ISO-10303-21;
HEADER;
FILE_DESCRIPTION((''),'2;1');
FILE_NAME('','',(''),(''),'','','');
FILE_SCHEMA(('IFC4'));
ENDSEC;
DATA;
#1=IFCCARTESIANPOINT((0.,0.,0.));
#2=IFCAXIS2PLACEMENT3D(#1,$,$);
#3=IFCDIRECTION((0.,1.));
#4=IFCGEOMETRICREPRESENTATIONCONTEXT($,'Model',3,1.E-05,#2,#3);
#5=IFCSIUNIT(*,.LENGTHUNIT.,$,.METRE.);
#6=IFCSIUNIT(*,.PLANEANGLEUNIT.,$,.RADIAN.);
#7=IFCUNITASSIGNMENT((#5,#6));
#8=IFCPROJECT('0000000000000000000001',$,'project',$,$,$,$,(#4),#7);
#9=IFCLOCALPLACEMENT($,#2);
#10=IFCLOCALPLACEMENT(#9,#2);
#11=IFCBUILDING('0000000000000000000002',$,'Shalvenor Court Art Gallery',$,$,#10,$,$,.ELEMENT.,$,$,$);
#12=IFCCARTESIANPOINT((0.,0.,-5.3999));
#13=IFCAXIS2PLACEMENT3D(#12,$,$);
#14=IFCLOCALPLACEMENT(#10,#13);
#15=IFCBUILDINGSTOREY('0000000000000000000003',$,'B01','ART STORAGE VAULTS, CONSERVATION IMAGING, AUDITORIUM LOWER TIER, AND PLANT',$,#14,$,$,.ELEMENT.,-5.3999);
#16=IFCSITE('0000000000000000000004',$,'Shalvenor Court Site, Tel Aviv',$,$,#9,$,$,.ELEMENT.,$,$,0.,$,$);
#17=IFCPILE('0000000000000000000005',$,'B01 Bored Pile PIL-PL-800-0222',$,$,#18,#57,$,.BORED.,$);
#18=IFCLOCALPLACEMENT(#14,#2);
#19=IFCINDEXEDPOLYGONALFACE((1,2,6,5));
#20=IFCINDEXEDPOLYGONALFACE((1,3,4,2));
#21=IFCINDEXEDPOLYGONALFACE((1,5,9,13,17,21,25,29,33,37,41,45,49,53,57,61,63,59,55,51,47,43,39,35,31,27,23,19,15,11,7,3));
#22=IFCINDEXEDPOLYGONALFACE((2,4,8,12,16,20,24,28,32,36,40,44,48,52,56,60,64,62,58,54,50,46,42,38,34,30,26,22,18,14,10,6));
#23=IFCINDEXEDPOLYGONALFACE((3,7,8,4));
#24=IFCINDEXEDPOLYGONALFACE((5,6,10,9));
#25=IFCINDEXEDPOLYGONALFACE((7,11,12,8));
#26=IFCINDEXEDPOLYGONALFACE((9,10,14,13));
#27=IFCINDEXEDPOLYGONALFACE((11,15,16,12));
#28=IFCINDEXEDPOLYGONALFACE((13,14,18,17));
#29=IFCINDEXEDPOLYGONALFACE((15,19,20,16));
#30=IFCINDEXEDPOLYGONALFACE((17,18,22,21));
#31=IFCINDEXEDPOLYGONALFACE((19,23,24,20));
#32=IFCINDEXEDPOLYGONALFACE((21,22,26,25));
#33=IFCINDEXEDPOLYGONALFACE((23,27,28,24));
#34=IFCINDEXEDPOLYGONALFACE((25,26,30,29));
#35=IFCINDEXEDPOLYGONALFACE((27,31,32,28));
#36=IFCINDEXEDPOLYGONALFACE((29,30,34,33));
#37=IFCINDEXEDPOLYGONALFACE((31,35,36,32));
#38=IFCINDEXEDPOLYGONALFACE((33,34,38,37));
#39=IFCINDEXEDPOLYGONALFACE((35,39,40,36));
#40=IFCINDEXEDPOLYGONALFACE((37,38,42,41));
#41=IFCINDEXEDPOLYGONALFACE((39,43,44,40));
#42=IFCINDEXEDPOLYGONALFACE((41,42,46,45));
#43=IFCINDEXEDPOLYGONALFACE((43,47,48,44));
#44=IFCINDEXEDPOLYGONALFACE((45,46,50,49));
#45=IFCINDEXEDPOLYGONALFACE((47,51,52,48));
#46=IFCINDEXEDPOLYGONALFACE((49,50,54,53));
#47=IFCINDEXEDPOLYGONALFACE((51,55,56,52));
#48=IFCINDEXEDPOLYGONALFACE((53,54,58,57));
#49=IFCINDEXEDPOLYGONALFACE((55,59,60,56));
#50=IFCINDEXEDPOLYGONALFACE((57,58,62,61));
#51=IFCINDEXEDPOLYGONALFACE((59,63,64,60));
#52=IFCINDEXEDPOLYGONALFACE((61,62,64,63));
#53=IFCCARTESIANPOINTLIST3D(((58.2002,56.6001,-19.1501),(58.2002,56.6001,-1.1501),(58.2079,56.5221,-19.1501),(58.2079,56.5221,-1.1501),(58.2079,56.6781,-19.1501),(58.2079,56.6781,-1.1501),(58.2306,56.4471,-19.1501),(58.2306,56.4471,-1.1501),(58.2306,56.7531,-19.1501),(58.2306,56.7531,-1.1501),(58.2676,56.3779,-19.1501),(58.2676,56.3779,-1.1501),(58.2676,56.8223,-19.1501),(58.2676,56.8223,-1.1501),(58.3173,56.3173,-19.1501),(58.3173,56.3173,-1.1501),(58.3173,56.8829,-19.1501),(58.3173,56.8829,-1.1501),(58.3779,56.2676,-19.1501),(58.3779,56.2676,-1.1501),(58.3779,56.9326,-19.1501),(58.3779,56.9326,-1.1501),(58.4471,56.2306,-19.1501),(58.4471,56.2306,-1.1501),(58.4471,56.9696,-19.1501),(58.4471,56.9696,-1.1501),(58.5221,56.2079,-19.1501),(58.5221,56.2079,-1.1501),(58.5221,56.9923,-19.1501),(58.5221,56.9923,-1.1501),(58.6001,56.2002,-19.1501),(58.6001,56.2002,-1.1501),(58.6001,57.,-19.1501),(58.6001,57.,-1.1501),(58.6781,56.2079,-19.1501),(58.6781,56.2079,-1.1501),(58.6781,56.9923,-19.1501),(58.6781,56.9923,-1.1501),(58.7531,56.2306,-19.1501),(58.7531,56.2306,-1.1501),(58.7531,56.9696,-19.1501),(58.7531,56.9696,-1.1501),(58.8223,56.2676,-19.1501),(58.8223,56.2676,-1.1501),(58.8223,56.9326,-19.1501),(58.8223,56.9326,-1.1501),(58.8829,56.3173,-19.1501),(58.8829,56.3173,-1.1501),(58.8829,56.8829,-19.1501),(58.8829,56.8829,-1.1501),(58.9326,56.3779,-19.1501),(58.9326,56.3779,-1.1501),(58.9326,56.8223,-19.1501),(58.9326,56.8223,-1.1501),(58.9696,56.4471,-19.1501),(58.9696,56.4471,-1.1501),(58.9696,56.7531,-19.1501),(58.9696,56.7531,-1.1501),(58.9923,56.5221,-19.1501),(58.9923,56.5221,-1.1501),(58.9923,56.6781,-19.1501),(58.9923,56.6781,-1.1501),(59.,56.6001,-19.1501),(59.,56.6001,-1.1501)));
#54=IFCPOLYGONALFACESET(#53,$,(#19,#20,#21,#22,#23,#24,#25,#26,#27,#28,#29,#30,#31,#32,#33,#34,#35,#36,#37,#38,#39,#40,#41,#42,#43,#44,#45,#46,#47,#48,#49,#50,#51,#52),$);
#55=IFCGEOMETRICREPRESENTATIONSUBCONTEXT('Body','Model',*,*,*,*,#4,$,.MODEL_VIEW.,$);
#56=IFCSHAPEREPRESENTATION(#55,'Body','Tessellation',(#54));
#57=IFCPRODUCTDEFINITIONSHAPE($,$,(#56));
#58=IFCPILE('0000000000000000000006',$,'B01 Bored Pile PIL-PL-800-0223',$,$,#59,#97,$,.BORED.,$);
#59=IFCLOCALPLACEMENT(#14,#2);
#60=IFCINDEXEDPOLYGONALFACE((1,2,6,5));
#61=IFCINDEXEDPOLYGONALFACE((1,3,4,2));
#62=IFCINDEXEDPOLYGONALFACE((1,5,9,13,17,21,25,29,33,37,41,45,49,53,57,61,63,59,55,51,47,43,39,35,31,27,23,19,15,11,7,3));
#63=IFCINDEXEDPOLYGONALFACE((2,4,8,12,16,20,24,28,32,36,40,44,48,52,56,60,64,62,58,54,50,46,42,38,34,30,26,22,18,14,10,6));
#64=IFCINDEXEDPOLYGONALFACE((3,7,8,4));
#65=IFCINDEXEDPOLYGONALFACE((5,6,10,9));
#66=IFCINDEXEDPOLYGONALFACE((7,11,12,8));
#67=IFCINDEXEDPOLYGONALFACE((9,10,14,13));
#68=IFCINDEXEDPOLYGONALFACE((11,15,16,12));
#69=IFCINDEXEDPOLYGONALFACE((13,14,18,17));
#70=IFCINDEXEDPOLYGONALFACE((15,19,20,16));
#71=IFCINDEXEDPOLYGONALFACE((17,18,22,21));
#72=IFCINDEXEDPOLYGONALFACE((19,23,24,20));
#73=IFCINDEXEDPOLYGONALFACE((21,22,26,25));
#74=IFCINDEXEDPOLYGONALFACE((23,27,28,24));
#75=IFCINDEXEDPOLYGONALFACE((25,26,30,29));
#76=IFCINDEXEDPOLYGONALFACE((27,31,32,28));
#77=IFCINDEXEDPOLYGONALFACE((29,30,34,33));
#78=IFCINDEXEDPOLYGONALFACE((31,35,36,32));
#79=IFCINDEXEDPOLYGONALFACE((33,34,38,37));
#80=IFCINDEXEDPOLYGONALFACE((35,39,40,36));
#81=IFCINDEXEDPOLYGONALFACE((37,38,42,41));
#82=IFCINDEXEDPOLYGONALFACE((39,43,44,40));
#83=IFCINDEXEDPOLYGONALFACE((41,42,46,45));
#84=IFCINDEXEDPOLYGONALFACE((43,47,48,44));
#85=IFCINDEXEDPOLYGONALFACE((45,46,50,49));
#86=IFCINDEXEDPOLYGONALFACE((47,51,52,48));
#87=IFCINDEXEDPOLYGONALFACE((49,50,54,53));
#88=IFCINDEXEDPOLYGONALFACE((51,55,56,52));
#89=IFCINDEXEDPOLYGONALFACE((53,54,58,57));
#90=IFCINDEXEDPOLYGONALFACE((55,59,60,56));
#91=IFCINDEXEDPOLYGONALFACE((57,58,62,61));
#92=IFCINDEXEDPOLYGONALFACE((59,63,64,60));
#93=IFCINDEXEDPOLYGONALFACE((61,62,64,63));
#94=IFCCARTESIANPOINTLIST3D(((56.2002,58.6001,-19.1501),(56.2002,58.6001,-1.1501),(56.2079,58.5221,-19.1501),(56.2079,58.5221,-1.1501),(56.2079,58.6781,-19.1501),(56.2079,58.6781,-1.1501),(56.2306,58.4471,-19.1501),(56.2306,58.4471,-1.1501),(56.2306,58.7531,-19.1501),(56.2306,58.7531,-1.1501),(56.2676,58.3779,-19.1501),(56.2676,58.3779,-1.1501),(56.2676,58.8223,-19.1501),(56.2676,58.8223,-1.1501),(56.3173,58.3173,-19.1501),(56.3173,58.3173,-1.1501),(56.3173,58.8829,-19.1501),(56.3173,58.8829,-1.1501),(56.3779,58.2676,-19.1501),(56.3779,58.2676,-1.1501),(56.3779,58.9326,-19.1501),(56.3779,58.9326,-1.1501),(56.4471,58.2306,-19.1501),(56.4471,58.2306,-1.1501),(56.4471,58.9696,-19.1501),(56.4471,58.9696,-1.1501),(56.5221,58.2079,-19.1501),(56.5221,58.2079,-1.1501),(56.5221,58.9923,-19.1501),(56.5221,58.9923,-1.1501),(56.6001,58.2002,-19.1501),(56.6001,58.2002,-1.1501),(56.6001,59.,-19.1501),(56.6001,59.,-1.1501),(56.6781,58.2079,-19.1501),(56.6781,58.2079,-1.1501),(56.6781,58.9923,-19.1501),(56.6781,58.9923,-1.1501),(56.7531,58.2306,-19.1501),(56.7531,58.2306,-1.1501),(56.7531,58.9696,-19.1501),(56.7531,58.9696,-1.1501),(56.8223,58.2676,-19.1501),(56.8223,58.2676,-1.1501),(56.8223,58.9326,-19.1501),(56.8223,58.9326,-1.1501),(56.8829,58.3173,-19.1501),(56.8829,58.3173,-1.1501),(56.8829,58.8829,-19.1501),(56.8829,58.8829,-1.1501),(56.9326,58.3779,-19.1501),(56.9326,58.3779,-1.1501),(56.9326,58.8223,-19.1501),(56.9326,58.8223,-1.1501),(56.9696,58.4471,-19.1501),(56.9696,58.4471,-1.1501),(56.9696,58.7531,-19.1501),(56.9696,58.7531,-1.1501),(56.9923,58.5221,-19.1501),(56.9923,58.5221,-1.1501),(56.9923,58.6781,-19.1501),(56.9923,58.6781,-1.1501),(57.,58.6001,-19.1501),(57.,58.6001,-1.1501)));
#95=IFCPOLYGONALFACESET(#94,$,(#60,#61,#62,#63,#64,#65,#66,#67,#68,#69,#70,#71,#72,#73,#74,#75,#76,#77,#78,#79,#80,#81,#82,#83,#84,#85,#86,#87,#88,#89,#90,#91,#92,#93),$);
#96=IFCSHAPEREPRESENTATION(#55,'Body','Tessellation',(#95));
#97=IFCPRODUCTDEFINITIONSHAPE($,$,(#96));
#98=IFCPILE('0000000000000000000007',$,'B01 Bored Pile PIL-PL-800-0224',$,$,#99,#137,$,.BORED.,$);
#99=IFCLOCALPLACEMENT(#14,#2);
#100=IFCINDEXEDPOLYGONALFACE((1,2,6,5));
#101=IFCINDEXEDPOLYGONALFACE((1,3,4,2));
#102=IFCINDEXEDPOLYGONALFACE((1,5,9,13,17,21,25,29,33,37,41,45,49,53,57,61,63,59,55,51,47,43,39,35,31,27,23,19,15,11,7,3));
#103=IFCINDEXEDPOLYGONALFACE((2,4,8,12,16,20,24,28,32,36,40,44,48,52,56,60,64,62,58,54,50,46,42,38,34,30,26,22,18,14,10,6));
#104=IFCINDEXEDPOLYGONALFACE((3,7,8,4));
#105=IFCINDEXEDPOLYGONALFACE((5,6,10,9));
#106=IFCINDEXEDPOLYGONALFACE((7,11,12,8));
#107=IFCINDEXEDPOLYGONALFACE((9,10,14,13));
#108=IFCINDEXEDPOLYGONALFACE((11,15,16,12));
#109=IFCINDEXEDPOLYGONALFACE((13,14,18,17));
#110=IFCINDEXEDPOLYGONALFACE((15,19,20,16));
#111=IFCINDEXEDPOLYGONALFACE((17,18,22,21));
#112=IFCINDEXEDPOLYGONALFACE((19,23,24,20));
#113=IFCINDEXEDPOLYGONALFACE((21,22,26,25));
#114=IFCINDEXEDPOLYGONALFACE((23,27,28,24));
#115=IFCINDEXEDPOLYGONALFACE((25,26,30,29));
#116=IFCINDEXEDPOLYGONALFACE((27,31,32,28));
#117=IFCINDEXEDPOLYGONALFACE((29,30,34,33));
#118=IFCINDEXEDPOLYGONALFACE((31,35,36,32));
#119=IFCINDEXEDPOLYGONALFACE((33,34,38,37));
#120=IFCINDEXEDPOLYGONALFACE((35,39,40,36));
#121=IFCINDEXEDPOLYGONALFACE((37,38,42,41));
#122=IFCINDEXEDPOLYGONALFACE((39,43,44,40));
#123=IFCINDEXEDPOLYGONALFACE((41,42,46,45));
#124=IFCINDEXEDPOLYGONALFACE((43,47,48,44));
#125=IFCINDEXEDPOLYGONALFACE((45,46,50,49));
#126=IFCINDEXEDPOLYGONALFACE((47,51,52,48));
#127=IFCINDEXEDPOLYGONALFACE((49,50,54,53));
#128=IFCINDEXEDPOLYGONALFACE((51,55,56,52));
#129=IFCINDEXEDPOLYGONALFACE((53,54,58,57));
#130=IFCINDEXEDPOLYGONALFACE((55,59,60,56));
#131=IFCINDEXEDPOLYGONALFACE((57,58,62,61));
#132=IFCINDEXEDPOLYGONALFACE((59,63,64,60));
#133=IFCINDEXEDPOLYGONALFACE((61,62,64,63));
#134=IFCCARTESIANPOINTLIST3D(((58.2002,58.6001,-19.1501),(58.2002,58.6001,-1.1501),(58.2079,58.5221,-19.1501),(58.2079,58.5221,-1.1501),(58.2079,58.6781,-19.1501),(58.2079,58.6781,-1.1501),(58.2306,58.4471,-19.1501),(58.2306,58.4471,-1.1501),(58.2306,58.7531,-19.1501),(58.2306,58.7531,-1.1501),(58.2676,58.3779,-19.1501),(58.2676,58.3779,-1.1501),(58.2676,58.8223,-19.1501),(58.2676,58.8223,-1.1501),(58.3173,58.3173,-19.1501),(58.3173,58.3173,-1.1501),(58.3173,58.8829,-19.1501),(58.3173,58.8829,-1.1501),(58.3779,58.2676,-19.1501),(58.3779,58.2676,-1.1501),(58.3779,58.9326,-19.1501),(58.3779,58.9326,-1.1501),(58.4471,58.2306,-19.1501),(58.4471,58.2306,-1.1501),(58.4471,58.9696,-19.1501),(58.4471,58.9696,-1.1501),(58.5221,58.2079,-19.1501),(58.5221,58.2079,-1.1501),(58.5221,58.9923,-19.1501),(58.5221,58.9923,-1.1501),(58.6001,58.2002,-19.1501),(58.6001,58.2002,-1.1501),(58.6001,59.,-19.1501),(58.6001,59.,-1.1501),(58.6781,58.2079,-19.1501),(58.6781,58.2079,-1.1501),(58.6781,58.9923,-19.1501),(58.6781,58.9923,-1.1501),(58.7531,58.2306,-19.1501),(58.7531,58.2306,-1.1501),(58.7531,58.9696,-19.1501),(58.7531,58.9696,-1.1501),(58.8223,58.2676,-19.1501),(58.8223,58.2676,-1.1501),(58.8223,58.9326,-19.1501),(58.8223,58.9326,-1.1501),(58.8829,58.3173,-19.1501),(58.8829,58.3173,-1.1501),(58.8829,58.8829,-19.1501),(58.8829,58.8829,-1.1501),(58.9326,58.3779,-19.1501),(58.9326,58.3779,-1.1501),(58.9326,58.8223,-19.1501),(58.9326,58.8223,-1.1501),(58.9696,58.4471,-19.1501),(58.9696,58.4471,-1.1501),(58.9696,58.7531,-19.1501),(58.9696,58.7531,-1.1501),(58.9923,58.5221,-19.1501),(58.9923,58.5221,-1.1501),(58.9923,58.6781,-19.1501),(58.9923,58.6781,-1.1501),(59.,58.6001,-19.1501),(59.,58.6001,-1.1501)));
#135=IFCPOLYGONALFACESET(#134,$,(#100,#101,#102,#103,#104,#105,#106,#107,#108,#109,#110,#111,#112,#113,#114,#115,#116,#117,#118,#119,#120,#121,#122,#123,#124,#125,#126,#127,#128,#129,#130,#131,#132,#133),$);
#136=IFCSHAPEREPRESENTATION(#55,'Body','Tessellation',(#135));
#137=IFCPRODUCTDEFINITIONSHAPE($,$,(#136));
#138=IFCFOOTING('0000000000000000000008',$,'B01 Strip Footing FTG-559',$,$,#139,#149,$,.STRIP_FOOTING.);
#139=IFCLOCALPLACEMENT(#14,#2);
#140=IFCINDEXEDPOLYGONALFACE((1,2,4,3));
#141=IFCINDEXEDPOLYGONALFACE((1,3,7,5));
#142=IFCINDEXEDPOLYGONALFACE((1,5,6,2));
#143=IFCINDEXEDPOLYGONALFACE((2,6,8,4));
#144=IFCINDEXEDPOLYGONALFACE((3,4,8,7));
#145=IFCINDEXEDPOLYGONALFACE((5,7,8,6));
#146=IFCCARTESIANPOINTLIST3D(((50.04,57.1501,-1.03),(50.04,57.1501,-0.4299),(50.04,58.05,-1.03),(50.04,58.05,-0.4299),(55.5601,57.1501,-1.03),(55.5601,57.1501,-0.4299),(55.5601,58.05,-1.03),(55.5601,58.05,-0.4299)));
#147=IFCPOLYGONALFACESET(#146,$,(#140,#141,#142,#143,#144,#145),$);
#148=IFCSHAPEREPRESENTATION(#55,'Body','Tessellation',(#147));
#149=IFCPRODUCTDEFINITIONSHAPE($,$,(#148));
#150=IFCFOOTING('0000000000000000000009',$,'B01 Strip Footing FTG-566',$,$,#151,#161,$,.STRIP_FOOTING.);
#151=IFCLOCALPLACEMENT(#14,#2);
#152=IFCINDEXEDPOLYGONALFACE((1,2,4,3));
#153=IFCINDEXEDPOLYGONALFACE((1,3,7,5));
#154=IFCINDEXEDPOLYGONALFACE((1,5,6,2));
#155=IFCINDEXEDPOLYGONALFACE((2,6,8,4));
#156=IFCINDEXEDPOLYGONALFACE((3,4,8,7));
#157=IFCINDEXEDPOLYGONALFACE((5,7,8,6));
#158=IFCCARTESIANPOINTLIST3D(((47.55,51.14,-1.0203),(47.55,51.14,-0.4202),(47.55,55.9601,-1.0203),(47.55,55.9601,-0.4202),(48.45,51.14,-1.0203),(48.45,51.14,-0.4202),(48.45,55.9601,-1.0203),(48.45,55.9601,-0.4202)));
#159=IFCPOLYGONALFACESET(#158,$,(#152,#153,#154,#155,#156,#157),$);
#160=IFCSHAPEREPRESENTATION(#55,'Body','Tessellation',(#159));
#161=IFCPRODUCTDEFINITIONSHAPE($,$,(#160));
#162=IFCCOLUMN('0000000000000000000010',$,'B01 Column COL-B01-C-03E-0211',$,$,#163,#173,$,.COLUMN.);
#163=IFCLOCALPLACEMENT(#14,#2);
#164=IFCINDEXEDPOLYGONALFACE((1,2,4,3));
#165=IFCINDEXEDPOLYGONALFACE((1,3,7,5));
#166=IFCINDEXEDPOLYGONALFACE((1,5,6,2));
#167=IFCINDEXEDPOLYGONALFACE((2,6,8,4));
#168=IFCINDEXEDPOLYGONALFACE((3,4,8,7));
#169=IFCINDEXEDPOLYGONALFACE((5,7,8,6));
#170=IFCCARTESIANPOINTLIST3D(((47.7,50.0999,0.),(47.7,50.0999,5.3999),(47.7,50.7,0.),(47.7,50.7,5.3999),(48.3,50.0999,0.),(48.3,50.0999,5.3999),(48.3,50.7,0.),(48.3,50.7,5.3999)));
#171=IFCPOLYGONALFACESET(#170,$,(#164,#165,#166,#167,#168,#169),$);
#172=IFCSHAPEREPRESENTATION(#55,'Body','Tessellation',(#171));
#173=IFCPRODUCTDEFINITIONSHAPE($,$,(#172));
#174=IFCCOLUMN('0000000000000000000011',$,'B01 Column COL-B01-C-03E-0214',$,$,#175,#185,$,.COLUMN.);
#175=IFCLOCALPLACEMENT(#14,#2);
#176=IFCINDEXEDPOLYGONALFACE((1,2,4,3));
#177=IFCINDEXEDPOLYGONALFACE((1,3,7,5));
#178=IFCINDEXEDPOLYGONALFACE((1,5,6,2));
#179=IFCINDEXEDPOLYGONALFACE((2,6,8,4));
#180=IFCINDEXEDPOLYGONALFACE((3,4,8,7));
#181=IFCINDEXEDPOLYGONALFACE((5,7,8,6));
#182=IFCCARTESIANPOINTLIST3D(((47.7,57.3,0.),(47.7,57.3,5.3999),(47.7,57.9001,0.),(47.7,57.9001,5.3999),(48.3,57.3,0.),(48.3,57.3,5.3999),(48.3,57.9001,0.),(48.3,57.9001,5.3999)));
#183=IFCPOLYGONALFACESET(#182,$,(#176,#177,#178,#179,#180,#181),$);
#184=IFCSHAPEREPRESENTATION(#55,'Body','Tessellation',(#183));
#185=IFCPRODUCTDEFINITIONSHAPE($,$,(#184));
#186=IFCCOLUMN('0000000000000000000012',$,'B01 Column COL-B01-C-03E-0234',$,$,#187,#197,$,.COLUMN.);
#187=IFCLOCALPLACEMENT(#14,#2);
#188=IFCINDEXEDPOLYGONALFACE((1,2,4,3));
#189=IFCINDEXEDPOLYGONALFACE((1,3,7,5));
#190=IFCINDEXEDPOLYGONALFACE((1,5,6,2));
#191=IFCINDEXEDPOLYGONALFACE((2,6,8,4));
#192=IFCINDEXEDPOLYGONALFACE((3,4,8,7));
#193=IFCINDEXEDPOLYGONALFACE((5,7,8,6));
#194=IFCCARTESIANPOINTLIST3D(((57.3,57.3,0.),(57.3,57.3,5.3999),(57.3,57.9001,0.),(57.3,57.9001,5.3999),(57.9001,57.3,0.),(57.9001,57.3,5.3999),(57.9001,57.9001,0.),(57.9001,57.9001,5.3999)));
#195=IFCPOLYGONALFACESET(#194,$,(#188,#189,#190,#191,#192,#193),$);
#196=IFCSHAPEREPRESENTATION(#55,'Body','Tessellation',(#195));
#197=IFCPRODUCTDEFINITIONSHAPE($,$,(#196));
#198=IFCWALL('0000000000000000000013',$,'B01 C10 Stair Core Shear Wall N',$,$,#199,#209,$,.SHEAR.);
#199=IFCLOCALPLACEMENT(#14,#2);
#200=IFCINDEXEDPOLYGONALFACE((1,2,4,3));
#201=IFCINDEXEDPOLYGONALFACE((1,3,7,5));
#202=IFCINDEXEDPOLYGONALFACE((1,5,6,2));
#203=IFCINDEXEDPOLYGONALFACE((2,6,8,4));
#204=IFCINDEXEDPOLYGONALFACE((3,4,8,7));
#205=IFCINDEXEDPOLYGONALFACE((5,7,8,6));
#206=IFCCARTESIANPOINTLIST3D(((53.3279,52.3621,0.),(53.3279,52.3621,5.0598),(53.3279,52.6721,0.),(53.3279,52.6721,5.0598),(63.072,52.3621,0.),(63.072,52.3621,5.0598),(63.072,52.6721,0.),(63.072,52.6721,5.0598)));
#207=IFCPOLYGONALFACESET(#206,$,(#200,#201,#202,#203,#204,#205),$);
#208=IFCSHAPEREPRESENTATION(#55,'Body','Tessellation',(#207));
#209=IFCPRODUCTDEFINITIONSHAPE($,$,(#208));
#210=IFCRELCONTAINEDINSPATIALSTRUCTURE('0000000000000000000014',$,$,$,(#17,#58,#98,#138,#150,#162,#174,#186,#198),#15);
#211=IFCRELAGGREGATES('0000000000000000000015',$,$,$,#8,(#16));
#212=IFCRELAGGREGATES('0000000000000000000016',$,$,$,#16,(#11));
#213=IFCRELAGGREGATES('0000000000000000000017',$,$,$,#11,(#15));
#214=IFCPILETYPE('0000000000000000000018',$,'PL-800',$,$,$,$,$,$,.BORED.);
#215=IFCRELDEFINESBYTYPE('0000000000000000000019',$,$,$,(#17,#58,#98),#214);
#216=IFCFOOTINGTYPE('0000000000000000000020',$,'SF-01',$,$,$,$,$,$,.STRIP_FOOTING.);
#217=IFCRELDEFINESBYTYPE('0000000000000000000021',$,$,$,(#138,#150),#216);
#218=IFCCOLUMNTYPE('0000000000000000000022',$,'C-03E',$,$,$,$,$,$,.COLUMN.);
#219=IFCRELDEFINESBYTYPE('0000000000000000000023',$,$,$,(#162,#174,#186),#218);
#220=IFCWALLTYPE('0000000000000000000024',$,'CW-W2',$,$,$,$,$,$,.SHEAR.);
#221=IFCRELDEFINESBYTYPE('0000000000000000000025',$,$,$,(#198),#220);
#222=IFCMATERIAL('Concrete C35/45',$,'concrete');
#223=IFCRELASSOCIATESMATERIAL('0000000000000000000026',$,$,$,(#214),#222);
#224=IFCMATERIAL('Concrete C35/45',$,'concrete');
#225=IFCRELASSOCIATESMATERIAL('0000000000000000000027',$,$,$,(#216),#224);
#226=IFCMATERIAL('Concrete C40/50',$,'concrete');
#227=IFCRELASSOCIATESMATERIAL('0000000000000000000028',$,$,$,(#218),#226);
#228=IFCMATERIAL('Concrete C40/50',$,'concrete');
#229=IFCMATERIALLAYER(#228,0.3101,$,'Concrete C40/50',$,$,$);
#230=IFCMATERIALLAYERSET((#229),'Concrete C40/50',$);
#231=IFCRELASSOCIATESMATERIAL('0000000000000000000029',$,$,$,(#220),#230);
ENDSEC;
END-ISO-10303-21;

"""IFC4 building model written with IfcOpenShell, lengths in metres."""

from ifc_helpers import new_model, si_unit, direction, frame, frame_2d, origin, origin_2d, place, context, subcontext, project, spatial, rectangle, circle, extrude, material, layer, layer_set, material_profile, profile_set, type_object, element, save


model = new_model("IFC4")

# Units and contexts
model_context = context("Model", 3, precision=1e-05, world=origin(), true_north=direction((0.0, 1.0)))
body_context = subcontext(model_context, "Body", "Model", "MODEL_VIEW")
ifc_project = project(units=[si_unit("LENGTHUNIT", "METRE"), si_unit("PLANEANGLEUNIT", "RADIAN")], contexts=[model_context])

# Site, building, storey
site_placement = place(None, origin())
site = spatial("IfcSite", under=ifc_project, at=site_placement, Name="Shalvenor Court Site, Tel Aviv", CompositionType="ELEMENT", RefElevation=0.0)
building_placement = place(site_placement, origin())
building = spatial("IfcBuilding", under=site, at=building_placement, Name="Shalvenor Court Art Gallery", CompositionType="ELEMENT")
storey_placement = place(building_placement, frame((0.0, 0.0, -5.3999)))
storey = spatial("IfcBuildingStorey", under=building, at=storey_placement, Name="B01", Description="ART STORAGE VAULTS, CONSERVATION IMAGING, AUDITORIUM LOWER TIER, AND PLANT", CompositionType="ELEMENT", Elevation=-5.3999)

# Piles
ifc_material_1 = material(Name="Concrete C35/45", Category="concrete")
ifc_material_profile_1 = material_profile(ifc_material_1, circle(Radius=0.3999, at=origin_2d()), Name="PILE 800")
ifc_profile_set_1 = profile_set([ifc_material_profile_1], Name="Concrete C35/45")
pile_type = type_object("IfcPileType", Name="PL-800", PredefinedType="BORED", material=ifc_profile_set_1)
for number, where, z_axis, x_axis, name in (
    (1, (58.6001, 56.6001, -1.1501), (0.0, 0.0, -1.0), (1.0, 0.0, 0.0), "B01 Bored Pile PIL-PL-800-0222"),
    (2, (56.6001, 58.6001, -1.1501), (0.0, 0.0, -1.0), (1.0, 0.0, 0.0), "B01 Bored Pile PIL-PL-800-0223"),
    (3, (58.6001, 58.6001, -1.1501), (0.0, 0.0, -1.0), (1.0, 0.0, 0.0), "B01 Bored Pile PIL-PL-800-0224"),
):
    element("IfcPile", number, at=place(storey_placement, frame(where, z_axis=z_axis, x_axis=x_axis)), inside=storey, type_object=pile_type, Name=name, PredefinedType="BORED", context=body_context, shape_type="SweptSolid", body=[
        extrude(circle(Radius=0.3999, at=origin_2d()), origin(), (0.0, 0.0, 1.0), 18.0),
    ])

# Footings
ifc_material_2 = material(Name="Concrete C35/45", Category="concrete")
footing_type_1 = type_object("IfcFootingType", Name="SF-01", PredefinedType="STRIP_FOOTING", material=ifc_material_2)
footing_1_placement = place(storey_placement, frame((52.8, 57.6001, -1.03), z_axis=(0.0, 0.0, 1.0), x_axis=(1.0, 0.0, 0.0)))
element("IfcFooting", 4, at=footing_1_placement, inside=storey, type_object=footing_type_1, Name="B01 Strip Footing FTG-559", PredefinedType="STRIP_FOOTING", context=body_context, shape_type="SweptSolid", body=[
    extrude(rectangle(XDim=5.52, YDim=0.8999, at=origin_2d()), origin(), (0.0, 0.0, 1.0), 0.6001),
])
footing_2_placement = place(storey_placement, frame((48.0, 53.55, -1.0203), z_axis=(0.0, 0.0, 1.0), x_axis=(0.0, 1.0, 0.0)))
element("IfcFooting", 5, at=footing_2_placement, inside=storey, type_object=footing_type_1, Name="B01 Strip Footing FTG-566", PredefinedType="STRIP_FOOTING", context=body_context, shape_type="SweptSolid", body=[
    extrude(rectangle(XDim=4.8201, YDim=0.8999, at=origin_2d()), origin(), (0.0, 0.0, 1.0), 0.6001),
])

# Columns
ifc_material_3 = material(Name="Concrete C40/50", Category="concrete")
ifc_material_profile_2 = material_profile(ifc_material_3, rectangle(XDim=0.6001, YDim=0.6001, at=origin_2d()), Name="RC 600x600")
ifc_profile_set_2 = profile_set([ifc_material_profile_2], Name="Concrete C40/50")
column_type = type_object("IfcColumnType", Name="C-03E", PredefinedType="COLUMN", material=ifc_profile_set_2)
for number, where, z_axis, x_axis, name in (
    (6, (48.0, 50.3999, 0.0), (0.0, 0.0, 1.0), (1.0, 0.0, 0.0), "B01 Column COL-B01-C-03E-0211"),
    (7, (48.0, 57.6001, 0.0), (0.0, 0.0, 1.0), (1.0, 0.0, 0.0), "B01 Column COL-B01-C-03E-0214"),
    (8, (57.6001, 57.6001, 0.0), (0.0, 0.0, 1.0), (1.0, 0.0, 0.0), "B01 Column COL-B01-C-03E-0234"),
):
    element("IfcColumn", number, at=place(storey_placement, frame(where, z_axis=z_axis, x_axis=x_axis)), inside=storey, type_object=column_type, Name=name, PredefinedType="COLUMN", context=body_context, shape_type="SweptSolid", body=[
        extrude(rectangle(XDim=0.6001, YDim=0.6001, at=origin_2d()), origin(), (0.0, 0.0, 1.0), 5.3999),
    ])

# Wall
ifc_material_4 = material(Name="Concrete C40/50", Category="concrete")
ifc_layer_1 = layer(ifc_material_4, 0.3101, Name="Concrete C40/50")
ifc_layer_set_1 = layer_set([ifc_layer_1], Name="Concrete C40/50")
wall_type_1 = type_object("IfcWallType", Name="CW-W2", PredefinedType="SHEAR", material=ifc_layer_set_1)
wall_1_placement = place(storey_placement, frame((53.3279, 52.5171, 0.0), z_axis=(0.0, 0.0, 1.0), x_axis=(1.0, 0.0, 0.0)))
element("IfcWall", 9, at=wall_1_placement, inside=storey, type_object=wall_type_1, Name="B01 C10 Stair Core Shear Wall N", PredefinedType="SHEAR", context=body_context, shape_type="SweptSolid", body=[
    extrude(rectangle(XDim=9.7441, YDim=0.3101, at=frame_2d((4.8721, 0.0))), origin(), (0.0, 0.0, 1.0), 5.0598),
])

save(model, "model.ifc")
